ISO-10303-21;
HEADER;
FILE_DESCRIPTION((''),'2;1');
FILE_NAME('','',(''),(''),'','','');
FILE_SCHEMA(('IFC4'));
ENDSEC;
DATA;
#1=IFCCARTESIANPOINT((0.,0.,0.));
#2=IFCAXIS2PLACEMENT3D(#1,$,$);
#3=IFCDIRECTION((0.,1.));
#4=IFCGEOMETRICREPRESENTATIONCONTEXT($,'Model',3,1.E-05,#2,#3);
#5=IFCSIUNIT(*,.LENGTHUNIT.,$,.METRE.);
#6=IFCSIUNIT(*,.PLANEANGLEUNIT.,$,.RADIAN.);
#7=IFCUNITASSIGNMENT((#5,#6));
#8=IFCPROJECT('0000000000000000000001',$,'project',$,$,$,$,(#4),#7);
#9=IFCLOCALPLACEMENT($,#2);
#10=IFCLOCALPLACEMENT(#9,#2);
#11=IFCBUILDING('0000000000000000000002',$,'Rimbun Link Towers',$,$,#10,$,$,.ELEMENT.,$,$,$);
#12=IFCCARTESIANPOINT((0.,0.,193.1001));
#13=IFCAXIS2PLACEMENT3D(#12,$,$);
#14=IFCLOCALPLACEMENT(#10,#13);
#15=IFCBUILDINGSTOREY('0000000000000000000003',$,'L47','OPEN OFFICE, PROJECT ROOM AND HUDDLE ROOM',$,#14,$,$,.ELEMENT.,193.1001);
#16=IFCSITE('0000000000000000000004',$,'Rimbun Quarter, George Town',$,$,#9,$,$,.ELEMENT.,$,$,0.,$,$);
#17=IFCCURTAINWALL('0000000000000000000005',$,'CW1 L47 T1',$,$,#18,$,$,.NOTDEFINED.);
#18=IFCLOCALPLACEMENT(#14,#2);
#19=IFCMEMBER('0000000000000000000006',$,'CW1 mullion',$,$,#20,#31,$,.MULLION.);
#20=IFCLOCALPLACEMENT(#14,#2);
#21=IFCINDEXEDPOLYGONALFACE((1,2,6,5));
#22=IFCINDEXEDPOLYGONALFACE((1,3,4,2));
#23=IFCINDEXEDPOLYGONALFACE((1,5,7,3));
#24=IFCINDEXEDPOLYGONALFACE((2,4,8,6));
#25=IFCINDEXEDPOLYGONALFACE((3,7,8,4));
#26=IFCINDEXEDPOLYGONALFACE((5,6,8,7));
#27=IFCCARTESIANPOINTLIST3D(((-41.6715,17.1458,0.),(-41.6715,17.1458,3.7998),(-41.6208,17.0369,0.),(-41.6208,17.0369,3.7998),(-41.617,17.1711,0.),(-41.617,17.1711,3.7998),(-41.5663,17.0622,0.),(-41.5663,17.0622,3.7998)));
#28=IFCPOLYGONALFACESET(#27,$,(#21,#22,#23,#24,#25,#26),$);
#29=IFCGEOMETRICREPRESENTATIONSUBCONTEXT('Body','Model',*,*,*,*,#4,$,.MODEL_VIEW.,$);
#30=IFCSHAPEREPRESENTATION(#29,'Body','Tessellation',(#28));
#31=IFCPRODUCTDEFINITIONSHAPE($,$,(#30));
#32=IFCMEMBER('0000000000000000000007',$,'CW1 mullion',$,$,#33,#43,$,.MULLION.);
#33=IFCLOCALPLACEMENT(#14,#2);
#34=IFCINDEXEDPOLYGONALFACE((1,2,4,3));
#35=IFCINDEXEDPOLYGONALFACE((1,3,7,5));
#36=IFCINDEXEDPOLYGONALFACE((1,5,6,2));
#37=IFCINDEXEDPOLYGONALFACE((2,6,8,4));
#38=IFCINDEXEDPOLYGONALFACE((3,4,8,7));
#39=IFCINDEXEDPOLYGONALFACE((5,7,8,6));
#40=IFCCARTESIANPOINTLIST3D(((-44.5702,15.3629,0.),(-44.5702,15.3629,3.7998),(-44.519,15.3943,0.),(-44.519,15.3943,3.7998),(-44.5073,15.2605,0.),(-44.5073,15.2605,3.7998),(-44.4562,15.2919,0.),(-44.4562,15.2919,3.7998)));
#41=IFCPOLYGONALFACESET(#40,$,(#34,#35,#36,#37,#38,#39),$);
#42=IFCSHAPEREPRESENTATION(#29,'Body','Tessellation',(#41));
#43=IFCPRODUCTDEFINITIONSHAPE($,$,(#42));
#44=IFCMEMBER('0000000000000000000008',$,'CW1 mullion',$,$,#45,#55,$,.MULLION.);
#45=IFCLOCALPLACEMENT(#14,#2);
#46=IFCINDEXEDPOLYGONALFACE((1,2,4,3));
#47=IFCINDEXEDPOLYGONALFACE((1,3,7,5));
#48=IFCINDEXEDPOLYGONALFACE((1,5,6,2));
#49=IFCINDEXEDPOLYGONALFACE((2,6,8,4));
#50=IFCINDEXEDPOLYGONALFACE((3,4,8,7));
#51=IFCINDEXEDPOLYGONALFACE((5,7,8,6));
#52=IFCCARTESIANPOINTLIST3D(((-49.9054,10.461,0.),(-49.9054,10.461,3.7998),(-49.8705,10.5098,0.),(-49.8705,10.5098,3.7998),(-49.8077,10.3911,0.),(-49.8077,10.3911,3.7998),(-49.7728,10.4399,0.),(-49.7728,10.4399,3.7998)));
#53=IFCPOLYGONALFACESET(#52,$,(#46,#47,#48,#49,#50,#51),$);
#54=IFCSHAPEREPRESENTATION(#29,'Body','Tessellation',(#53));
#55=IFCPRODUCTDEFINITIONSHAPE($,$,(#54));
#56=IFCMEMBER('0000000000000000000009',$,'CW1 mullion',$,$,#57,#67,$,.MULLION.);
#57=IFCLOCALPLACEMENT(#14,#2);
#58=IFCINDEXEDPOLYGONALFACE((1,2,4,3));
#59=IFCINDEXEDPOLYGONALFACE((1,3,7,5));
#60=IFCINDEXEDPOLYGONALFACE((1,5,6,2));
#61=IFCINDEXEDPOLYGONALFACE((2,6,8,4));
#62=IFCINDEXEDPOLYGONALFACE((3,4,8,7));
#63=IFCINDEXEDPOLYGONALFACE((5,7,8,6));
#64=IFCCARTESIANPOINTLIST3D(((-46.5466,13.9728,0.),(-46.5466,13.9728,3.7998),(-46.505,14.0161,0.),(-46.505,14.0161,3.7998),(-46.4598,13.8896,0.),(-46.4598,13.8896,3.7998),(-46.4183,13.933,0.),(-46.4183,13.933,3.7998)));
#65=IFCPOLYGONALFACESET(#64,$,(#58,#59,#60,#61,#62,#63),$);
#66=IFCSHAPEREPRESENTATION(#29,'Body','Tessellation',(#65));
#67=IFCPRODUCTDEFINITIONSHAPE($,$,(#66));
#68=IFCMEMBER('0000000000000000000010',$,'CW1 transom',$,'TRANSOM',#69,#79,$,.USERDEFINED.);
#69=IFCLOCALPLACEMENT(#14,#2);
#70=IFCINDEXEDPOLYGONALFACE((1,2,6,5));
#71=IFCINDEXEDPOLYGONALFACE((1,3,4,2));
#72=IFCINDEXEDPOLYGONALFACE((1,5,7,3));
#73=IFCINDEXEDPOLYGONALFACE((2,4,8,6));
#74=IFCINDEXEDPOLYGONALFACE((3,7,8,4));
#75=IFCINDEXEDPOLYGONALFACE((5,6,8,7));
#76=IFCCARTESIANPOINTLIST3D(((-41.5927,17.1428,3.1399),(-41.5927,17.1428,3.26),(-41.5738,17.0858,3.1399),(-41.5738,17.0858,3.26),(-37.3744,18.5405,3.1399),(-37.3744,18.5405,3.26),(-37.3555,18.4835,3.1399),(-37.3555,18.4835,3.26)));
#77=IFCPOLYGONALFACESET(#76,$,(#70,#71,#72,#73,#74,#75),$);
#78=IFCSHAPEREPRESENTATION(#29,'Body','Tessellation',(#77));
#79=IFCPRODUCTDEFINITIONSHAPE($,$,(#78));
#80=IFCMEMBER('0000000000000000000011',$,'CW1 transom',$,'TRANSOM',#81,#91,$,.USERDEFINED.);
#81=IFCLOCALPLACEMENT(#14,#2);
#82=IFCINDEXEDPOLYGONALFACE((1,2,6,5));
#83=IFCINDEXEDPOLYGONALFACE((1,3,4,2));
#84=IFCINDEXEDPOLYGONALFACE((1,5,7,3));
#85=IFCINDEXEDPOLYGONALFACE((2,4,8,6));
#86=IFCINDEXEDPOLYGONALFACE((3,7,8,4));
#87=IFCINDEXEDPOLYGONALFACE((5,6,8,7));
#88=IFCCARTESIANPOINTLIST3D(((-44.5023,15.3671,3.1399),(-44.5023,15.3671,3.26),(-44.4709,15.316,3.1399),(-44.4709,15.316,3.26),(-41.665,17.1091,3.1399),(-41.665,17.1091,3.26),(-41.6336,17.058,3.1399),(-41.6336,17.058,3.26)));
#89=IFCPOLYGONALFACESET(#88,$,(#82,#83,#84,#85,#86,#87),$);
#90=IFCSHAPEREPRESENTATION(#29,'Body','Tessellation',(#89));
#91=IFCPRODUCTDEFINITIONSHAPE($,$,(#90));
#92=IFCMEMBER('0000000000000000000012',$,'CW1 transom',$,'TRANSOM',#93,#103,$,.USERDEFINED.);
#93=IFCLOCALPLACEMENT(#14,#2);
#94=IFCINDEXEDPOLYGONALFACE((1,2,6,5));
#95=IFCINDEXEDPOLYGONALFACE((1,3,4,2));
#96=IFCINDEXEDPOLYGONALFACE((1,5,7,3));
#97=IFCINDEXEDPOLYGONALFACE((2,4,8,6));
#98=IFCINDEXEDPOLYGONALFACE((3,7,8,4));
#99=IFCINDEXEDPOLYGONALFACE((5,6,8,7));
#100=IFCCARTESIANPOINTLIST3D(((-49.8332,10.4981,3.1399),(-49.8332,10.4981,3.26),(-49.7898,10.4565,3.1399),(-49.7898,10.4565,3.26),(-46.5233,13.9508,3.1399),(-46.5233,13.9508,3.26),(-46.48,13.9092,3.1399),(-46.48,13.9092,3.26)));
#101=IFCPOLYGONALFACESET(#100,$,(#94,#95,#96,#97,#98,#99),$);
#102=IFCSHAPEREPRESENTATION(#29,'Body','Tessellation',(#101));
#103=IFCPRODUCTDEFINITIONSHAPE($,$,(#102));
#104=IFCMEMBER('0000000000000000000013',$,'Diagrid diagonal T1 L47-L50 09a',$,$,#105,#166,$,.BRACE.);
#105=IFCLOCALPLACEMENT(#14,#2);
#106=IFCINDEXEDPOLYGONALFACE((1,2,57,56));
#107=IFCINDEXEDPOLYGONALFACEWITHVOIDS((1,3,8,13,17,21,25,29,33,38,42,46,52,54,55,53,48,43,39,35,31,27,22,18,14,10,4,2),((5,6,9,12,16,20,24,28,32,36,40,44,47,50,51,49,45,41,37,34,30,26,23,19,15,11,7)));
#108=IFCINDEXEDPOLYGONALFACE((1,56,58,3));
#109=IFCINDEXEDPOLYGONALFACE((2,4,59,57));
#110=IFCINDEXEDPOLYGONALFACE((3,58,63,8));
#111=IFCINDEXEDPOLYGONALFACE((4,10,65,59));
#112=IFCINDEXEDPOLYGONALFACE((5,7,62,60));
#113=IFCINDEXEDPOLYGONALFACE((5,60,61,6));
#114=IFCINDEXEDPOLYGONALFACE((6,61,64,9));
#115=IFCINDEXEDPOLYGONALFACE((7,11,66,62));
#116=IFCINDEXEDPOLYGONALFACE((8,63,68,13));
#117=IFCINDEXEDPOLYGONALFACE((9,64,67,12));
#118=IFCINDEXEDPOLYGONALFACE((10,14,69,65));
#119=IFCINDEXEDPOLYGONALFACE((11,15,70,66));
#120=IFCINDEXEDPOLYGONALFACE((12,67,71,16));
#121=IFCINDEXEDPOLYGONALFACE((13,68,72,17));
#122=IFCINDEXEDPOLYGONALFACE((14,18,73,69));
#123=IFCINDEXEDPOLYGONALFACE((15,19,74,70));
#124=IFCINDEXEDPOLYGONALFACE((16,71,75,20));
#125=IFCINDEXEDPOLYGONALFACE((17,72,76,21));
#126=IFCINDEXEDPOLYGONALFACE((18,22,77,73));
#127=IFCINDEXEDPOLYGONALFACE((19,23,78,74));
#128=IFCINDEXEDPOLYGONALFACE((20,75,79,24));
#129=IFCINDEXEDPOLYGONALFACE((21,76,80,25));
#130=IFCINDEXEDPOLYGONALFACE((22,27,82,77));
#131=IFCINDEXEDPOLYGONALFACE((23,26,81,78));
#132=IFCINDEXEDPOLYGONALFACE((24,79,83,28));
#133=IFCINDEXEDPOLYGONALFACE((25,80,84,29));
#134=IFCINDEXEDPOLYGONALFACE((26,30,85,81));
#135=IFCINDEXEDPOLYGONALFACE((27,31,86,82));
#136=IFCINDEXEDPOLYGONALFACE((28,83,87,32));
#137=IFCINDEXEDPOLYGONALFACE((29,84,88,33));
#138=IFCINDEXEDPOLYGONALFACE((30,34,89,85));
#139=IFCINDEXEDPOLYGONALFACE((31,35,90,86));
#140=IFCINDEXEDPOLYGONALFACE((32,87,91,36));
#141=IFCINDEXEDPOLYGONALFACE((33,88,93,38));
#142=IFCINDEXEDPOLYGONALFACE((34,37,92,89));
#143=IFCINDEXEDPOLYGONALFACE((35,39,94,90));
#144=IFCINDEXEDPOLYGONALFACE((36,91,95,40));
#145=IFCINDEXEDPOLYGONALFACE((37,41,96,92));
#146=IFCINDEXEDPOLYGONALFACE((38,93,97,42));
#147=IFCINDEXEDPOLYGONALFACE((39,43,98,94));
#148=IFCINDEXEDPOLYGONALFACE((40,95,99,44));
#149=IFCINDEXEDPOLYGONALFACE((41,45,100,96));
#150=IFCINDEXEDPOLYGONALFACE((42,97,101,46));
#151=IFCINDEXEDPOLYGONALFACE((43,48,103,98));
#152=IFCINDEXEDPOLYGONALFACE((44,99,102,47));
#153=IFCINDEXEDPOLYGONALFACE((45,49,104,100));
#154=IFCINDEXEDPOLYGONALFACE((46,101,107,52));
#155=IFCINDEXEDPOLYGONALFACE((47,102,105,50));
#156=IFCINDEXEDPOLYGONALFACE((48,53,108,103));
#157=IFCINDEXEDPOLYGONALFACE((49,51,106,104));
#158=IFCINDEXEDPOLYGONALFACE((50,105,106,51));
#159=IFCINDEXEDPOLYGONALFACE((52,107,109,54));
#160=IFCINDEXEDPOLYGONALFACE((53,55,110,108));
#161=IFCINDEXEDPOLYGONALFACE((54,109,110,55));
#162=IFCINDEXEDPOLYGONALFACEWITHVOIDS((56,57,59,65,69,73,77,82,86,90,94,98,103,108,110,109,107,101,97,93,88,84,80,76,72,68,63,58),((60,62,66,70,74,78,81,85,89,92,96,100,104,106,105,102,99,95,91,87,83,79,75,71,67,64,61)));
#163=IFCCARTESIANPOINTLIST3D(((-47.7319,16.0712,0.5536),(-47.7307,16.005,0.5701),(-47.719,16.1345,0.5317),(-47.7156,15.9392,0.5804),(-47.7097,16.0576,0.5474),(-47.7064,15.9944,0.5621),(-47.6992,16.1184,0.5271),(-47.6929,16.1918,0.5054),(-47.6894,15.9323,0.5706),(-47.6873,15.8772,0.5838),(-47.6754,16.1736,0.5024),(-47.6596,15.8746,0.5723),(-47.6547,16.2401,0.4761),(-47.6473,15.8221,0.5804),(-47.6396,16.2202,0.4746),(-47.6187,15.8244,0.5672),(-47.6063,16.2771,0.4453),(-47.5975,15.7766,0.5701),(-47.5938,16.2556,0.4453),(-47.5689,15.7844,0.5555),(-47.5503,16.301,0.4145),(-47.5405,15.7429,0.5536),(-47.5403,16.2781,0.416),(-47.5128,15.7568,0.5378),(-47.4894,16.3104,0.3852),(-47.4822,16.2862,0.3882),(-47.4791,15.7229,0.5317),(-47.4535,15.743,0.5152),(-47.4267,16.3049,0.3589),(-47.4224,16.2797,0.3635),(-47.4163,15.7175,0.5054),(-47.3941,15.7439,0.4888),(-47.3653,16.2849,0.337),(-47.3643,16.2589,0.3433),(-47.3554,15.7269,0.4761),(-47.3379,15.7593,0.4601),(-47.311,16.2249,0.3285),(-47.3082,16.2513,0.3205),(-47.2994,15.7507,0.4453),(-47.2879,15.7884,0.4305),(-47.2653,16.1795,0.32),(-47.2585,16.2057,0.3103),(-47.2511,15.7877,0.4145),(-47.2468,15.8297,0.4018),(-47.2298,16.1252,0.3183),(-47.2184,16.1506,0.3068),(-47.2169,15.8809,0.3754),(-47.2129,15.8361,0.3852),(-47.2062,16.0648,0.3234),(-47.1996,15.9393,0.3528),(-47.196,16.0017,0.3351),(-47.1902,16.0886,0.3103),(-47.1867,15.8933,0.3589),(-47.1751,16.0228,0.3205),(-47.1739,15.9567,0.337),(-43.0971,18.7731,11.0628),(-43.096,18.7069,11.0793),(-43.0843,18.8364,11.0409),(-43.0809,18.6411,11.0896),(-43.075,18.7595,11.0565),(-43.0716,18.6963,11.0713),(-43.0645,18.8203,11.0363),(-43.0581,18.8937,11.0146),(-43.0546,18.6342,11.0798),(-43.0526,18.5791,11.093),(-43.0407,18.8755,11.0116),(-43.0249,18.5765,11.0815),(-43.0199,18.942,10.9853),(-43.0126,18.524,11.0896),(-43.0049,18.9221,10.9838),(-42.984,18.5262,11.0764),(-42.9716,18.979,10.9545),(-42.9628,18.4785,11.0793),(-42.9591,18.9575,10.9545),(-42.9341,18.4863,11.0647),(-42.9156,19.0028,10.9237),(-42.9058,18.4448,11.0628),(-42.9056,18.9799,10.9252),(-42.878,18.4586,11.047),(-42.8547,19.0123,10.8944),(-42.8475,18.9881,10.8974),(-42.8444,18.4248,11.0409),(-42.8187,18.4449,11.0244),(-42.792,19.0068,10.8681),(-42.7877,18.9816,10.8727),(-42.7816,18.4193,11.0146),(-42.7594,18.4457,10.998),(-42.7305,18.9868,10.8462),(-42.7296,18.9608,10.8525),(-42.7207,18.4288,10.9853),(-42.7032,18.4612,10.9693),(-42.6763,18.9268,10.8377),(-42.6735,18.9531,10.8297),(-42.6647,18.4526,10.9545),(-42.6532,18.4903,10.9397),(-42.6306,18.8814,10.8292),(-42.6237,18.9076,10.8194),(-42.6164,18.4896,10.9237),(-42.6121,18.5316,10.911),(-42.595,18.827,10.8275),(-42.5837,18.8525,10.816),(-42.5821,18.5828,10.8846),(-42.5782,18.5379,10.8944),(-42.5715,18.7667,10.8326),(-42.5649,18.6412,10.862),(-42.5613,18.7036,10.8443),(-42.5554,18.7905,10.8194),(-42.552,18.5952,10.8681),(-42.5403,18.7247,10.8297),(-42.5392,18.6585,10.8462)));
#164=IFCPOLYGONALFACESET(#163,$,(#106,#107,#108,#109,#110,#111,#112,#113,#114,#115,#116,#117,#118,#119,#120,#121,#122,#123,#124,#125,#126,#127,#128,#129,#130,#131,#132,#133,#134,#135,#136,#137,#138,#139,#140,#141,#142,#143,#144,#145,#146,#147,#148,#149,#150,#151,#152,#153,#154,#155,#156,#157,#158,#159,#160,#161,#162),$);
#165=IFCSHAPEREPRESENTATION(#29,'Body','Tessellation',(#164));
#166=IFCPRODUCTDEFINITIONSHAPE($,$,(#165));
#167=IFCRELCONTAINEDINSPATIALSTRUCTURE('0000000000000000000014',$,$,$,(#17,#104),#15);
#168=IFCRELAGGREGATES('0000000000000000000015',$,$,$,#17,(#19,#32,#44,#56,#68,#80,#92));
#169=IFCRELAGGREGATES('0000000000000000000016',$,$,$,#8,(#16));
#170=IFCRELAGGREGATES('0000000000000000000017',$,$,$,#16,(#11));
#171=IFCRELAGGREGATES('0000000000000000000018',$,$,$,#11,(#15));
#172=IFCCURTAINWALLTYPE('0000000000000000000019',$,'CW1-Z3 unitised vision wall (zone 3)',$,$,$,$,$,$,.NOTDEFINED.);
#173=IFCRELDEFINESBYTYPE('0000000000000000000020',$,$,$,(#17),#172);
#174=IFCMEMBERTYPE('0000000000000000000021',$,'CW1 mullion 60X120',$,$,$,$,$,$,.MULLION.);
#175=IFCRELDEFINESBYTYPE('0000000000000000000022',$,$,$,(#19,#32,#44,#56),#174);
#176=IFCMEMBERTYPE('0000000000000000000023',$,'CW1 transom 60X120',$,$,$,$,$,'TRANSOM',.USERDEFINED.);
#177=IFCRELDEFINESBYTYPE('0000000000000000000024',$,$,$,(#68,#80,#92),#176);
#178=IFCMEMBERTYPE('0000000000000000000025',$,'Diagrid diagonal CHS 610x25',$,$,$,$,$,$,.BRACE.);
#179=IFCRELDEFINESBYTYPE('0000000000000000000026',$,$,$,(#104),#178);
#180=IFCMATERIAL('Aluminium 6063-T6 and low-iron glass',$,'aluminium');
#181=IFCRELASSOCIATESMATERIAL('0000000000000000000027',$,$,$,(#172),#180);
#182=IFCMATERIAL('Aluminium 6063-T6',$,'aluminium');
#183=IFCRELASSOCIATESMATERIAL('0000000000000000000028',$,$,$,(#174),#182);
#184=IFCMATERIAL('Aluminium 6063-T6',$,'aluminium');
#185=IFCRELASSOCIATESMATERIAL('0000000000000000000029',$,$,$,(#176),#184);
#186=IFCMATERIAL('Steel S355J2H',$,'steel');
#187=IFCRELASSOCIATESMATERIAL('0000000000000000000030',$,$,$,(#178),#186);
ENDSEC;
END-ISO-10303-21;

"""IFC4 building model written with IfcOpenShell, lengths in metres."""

from ifc_helpers import new_model, si_unit, direction, frame, origin, origin_2d, place, context, subcontext, project, spatial, rectangle, hollow_circle, extrude, material, material_profile, profile_set, type_object, element, aggregate, save


model = new_model("IFC4")

# Units and contexts
model_context = context("Model", 3, precision=1e-05, world=origin(), true_north=direction((0.0, 1.0)))
body_context = subcontext(model_context, "Body", "Model", "MODEL_VIEW")
ifc_project = project(units=[si_unit("LENGTHUNIT", "METRE"), si_unit("PLANEANGLEUNIT", "RADIAN")], contexts=[model_context])

# Site, building, storey
site_placement = place(None, origin())
site = spatial("IfcSite", under=ifc_project, at=site_placement, Name="Rimbun Quarter, George Town", CompositionType="ELEMENT", RefElevation=0.0)
building_placement = place(site_placement, origin())
building = spatial("IfcBuilding", under=site, at=building_placement, Name="Rimbun Link Towers", CompositionType="ELEMENT")
storey_placement = place(building_placement, frame((0.0, 0.0, 193.1001)))
storey = spatial("IfcBuildingStorey", under=building, at=storey_placement, Name="L47", Description="OPEN OFFICE, PROJECT ROOM AND HUDDLE ROOM", CompositionType="ELEMENT", Elevation=193.1001)

# Curtain wall, members
ifc_material_1 = material(Name="Aluminium 6063-T6 and low-iron glass", Category="aluminium")
curtain_wall_type = type_object("IfcCurtainWallType", Name="CW1-Z3 unitised vision wall (zone 3)", PredefinedType="NOTDEFINED", material=ifc_material_1)
curtain_wall_placement = place(storey_placement, origin())
curtain_wall = element("IfcCurtainWall", 1, at=curtain_wall_placement, inside=storey, type_object=curtain_wall_type, Name="CW1 L47 T1", PredefinedType="NOTDEFINED")
ifc_material_2 = material(Name="Aluminium 6063-T6", Category="aluminium")
ifc_material_profile_1 = material_profile(ifc_material_2, rectangle(XDim=0.1201, YDim=0.0601, at=origin_2d()), Name="MULLION 60X120")
ifc_profile_set_1 = profile_set([ifc_material_profile_1], Name="Aluminium 6063-T6")
member_type_1 = type_object("IfcMemberType", Name="CW1 mullion 60X120", PredefinedType="MULLION", material=ifc_profile_set_1)
member_1_placement = place(storey_placement, frame((-41.6189, 17.104, 0.0), z_axis=(0.0, 0.0, 1.0), x_axis=(-0.421695, 0.906738, 0.0)))
member_1 = element("IfcMember", 2, at=member_1_placement, type_object=member_type_1, Name="CW1 mullion", PredefinedType="MULLION", context=body_context, shape_type="SweptSolid", body=[
    extrude(rectangle(XDim=0.1201, YDim=0.0601, at=origin_2d()), origin(), (0.0, 0.0, 1.0), 3.7998),
])
member_2_placement = place(storey_placement, frame((-44.5132, 15.3274, 0.0), z_axis=(0.0, 0.0, 1.0), x_axis=(-0.523229, 0.852192, 0.0)))
member_2 = element("IfcMember", 3, at=member_2_placement, type_object=member_type_1, Name="CW1 mullion", PredefinedType="MULLION", context=body_context, shape_type="SweptSolid", body=[
    extrude(rectangle(XDim=0.1201, YDim=0.0601, at=origin_2d()), origin(), (0.0, 0.0, 1.0), 3.7998),
])
member_3_placement = place(storey_placement, frame((-49.8391, 10.4504, 0.0), z_axis=(0.0, 0.0, 1.0), x_axis=(-0.813351, 0.581774, 0.0)))
member_3 = element("IfcMember", 4, at=member_3_placement, type_object=member_type_1, Name="CW1 mullion", PredefinedType="MULLION", context=body_context, shape_type="SweptSolid", body=[
    extrude(rectangle(XDim=0.1201, YDim=0.0601, at=origin_2d()), origin(), (0.0, 0.0, 1.0), 3.7998),
])
member_4_placement = place(storey_placement, frame((-46.4824, 13.9529, 0.0), z_axis=(0.0, 0.0, 1.0), x_axis=(-0.721859, 0.692041, 0.0)))
member_4 = element("IfcMember", 5, at=member_4_placement, type_object=member_type_1, Name="CW1 mullion", PredefinedType="MULLION", context=body_context, shape_type="SweptSolid", body=[
    extrude(rectangle(XDim=0.1201, YDim=0.0601, at=origin_2d()), origin(), (0.0, 0.0, 1.0), 3.7998),
])
ifc_material_3 = material(Name="Aluminium 6063-T6", Category="aluminium")
ifc_material_profile_2 = material_profile(ifc_material_3, rectangle(XDim=0.0601, YDim=0.1201, at=origin_2d()), Name="TRANSOM 60X120")
ifc_profile_set_2 = profile_set([ifc_material_profile_2], Name="Aluminium 6063-T6")
member_type_2 = type_object("IfcMemberType", Name="CW1 transom 60X120", ElementType="TRANSOM", PredefinedType="USERDEFINED", material=ifc_profile_set_2)
member_5_placement = place(storey_placement, frame((-41.5833, 17.1143, 3.2), z_axis=(0.949248, 0.31453, 0.0), x_axis=(-0.31453, 0.949248, 0.0)))
member_5 = element("IfcMember", 6, at=member_5_placement, type_object=member_type_2, Name="CW1 transom", ObjectType="TRANSOM", PredefinedType="USERDEFINED", context=body_context, shape_type="SweptSolid", body=[
    extrude(rectangle(XDim=0.0601, YDim=0.1201, at=origin_2d()), origin(), (0.0, 0.0, 1.0), 4.4438),
])
member_6_placement = place(storey_placement, frame((-44.4866, 15.3416, 3.2), z_axis=(0.852194, 0.523226, 0.0), x_axis=(-0.523226, 0.852194, 0.0)))
member_6 = element("IfcMember", 7, at=member_6_placement, type_object=member_type_2, Name="CW1 transom", ObjectType="TRANSOM", PredefinedType="USERDEFINED", context=body_context, shape_type="SweptSolid", body=[
    extrude(rectangle(XDim=0.0601, YDim=0.1201, at=origin_2d()), origin(), (0.0, 0.0, 1.0), 3.3293),
])
member_7_placement = place(storey_placement, frame((-49.8115, 10.4773, 3.2), z_axis=(0.692018, 0.72188, 0.0), x_axis=(-0.72188, 0.692018, 0.0)))
member_7 = element("IfcMember", 8, at=member_7_placement, type_object=member_type_2, Name="CW1 transom", ObjectType="TRANSOM", PredefinedType="USERDEFINED", context=body_context, shape_type="SweptSolid", body=[
    extrude(rectangle(XDim=0.0601, YDim=0.1201, at=origin_2d()), origin(), (0.0, 0.0, 1.0), 4.783),
])

# Member
ifc_material_4 = material(Name="Steel S355J2H", Category="steel")
ifc_material_profile_3 = material_profile(ifc_material_4, hollow_circle(Radius=0.3047, WallThickness=0.0249, at=origin_2d()), Name="Diagrid diagonal CHS 610x25")
ifc_profile_set_3 = profile_set([ifc_material_profile_3], Name="Steel S355J2H")
member_type_3 = type_object("IfcMemberType", Name="Diagrid diagonal CHS 610x25", PredefinedType="BRACE", material=ifc_profile_set_3)
member_8_placement = place(storey_placement, frame((-47.4529, 16.0139, 0.4453), z_axis=(0.392796, 0.228986, 0.890661), x_axis=(-0.503633, 0.863918, 0.0)))
element("IfcMember", 9, at=member_8_placement, inside=storey, type_object=member_type_3, Name="Diagrid diagonal T1 L47-L50 09a", PredefinedType="BRACE", context=body_context, shape_type="SweptSolid", body=[
    extrude(hollow_circle(Radius=0.3047, WallThickness=0.0249, at=origin_2d()), origin(), (0.0, 0.0, 1.0), 11.7993),
])

aggregate(curtain_wall, [member_1, member_2, member_3, member_4, member_5, member_6, member_7])

save(model, "model.ifc")
